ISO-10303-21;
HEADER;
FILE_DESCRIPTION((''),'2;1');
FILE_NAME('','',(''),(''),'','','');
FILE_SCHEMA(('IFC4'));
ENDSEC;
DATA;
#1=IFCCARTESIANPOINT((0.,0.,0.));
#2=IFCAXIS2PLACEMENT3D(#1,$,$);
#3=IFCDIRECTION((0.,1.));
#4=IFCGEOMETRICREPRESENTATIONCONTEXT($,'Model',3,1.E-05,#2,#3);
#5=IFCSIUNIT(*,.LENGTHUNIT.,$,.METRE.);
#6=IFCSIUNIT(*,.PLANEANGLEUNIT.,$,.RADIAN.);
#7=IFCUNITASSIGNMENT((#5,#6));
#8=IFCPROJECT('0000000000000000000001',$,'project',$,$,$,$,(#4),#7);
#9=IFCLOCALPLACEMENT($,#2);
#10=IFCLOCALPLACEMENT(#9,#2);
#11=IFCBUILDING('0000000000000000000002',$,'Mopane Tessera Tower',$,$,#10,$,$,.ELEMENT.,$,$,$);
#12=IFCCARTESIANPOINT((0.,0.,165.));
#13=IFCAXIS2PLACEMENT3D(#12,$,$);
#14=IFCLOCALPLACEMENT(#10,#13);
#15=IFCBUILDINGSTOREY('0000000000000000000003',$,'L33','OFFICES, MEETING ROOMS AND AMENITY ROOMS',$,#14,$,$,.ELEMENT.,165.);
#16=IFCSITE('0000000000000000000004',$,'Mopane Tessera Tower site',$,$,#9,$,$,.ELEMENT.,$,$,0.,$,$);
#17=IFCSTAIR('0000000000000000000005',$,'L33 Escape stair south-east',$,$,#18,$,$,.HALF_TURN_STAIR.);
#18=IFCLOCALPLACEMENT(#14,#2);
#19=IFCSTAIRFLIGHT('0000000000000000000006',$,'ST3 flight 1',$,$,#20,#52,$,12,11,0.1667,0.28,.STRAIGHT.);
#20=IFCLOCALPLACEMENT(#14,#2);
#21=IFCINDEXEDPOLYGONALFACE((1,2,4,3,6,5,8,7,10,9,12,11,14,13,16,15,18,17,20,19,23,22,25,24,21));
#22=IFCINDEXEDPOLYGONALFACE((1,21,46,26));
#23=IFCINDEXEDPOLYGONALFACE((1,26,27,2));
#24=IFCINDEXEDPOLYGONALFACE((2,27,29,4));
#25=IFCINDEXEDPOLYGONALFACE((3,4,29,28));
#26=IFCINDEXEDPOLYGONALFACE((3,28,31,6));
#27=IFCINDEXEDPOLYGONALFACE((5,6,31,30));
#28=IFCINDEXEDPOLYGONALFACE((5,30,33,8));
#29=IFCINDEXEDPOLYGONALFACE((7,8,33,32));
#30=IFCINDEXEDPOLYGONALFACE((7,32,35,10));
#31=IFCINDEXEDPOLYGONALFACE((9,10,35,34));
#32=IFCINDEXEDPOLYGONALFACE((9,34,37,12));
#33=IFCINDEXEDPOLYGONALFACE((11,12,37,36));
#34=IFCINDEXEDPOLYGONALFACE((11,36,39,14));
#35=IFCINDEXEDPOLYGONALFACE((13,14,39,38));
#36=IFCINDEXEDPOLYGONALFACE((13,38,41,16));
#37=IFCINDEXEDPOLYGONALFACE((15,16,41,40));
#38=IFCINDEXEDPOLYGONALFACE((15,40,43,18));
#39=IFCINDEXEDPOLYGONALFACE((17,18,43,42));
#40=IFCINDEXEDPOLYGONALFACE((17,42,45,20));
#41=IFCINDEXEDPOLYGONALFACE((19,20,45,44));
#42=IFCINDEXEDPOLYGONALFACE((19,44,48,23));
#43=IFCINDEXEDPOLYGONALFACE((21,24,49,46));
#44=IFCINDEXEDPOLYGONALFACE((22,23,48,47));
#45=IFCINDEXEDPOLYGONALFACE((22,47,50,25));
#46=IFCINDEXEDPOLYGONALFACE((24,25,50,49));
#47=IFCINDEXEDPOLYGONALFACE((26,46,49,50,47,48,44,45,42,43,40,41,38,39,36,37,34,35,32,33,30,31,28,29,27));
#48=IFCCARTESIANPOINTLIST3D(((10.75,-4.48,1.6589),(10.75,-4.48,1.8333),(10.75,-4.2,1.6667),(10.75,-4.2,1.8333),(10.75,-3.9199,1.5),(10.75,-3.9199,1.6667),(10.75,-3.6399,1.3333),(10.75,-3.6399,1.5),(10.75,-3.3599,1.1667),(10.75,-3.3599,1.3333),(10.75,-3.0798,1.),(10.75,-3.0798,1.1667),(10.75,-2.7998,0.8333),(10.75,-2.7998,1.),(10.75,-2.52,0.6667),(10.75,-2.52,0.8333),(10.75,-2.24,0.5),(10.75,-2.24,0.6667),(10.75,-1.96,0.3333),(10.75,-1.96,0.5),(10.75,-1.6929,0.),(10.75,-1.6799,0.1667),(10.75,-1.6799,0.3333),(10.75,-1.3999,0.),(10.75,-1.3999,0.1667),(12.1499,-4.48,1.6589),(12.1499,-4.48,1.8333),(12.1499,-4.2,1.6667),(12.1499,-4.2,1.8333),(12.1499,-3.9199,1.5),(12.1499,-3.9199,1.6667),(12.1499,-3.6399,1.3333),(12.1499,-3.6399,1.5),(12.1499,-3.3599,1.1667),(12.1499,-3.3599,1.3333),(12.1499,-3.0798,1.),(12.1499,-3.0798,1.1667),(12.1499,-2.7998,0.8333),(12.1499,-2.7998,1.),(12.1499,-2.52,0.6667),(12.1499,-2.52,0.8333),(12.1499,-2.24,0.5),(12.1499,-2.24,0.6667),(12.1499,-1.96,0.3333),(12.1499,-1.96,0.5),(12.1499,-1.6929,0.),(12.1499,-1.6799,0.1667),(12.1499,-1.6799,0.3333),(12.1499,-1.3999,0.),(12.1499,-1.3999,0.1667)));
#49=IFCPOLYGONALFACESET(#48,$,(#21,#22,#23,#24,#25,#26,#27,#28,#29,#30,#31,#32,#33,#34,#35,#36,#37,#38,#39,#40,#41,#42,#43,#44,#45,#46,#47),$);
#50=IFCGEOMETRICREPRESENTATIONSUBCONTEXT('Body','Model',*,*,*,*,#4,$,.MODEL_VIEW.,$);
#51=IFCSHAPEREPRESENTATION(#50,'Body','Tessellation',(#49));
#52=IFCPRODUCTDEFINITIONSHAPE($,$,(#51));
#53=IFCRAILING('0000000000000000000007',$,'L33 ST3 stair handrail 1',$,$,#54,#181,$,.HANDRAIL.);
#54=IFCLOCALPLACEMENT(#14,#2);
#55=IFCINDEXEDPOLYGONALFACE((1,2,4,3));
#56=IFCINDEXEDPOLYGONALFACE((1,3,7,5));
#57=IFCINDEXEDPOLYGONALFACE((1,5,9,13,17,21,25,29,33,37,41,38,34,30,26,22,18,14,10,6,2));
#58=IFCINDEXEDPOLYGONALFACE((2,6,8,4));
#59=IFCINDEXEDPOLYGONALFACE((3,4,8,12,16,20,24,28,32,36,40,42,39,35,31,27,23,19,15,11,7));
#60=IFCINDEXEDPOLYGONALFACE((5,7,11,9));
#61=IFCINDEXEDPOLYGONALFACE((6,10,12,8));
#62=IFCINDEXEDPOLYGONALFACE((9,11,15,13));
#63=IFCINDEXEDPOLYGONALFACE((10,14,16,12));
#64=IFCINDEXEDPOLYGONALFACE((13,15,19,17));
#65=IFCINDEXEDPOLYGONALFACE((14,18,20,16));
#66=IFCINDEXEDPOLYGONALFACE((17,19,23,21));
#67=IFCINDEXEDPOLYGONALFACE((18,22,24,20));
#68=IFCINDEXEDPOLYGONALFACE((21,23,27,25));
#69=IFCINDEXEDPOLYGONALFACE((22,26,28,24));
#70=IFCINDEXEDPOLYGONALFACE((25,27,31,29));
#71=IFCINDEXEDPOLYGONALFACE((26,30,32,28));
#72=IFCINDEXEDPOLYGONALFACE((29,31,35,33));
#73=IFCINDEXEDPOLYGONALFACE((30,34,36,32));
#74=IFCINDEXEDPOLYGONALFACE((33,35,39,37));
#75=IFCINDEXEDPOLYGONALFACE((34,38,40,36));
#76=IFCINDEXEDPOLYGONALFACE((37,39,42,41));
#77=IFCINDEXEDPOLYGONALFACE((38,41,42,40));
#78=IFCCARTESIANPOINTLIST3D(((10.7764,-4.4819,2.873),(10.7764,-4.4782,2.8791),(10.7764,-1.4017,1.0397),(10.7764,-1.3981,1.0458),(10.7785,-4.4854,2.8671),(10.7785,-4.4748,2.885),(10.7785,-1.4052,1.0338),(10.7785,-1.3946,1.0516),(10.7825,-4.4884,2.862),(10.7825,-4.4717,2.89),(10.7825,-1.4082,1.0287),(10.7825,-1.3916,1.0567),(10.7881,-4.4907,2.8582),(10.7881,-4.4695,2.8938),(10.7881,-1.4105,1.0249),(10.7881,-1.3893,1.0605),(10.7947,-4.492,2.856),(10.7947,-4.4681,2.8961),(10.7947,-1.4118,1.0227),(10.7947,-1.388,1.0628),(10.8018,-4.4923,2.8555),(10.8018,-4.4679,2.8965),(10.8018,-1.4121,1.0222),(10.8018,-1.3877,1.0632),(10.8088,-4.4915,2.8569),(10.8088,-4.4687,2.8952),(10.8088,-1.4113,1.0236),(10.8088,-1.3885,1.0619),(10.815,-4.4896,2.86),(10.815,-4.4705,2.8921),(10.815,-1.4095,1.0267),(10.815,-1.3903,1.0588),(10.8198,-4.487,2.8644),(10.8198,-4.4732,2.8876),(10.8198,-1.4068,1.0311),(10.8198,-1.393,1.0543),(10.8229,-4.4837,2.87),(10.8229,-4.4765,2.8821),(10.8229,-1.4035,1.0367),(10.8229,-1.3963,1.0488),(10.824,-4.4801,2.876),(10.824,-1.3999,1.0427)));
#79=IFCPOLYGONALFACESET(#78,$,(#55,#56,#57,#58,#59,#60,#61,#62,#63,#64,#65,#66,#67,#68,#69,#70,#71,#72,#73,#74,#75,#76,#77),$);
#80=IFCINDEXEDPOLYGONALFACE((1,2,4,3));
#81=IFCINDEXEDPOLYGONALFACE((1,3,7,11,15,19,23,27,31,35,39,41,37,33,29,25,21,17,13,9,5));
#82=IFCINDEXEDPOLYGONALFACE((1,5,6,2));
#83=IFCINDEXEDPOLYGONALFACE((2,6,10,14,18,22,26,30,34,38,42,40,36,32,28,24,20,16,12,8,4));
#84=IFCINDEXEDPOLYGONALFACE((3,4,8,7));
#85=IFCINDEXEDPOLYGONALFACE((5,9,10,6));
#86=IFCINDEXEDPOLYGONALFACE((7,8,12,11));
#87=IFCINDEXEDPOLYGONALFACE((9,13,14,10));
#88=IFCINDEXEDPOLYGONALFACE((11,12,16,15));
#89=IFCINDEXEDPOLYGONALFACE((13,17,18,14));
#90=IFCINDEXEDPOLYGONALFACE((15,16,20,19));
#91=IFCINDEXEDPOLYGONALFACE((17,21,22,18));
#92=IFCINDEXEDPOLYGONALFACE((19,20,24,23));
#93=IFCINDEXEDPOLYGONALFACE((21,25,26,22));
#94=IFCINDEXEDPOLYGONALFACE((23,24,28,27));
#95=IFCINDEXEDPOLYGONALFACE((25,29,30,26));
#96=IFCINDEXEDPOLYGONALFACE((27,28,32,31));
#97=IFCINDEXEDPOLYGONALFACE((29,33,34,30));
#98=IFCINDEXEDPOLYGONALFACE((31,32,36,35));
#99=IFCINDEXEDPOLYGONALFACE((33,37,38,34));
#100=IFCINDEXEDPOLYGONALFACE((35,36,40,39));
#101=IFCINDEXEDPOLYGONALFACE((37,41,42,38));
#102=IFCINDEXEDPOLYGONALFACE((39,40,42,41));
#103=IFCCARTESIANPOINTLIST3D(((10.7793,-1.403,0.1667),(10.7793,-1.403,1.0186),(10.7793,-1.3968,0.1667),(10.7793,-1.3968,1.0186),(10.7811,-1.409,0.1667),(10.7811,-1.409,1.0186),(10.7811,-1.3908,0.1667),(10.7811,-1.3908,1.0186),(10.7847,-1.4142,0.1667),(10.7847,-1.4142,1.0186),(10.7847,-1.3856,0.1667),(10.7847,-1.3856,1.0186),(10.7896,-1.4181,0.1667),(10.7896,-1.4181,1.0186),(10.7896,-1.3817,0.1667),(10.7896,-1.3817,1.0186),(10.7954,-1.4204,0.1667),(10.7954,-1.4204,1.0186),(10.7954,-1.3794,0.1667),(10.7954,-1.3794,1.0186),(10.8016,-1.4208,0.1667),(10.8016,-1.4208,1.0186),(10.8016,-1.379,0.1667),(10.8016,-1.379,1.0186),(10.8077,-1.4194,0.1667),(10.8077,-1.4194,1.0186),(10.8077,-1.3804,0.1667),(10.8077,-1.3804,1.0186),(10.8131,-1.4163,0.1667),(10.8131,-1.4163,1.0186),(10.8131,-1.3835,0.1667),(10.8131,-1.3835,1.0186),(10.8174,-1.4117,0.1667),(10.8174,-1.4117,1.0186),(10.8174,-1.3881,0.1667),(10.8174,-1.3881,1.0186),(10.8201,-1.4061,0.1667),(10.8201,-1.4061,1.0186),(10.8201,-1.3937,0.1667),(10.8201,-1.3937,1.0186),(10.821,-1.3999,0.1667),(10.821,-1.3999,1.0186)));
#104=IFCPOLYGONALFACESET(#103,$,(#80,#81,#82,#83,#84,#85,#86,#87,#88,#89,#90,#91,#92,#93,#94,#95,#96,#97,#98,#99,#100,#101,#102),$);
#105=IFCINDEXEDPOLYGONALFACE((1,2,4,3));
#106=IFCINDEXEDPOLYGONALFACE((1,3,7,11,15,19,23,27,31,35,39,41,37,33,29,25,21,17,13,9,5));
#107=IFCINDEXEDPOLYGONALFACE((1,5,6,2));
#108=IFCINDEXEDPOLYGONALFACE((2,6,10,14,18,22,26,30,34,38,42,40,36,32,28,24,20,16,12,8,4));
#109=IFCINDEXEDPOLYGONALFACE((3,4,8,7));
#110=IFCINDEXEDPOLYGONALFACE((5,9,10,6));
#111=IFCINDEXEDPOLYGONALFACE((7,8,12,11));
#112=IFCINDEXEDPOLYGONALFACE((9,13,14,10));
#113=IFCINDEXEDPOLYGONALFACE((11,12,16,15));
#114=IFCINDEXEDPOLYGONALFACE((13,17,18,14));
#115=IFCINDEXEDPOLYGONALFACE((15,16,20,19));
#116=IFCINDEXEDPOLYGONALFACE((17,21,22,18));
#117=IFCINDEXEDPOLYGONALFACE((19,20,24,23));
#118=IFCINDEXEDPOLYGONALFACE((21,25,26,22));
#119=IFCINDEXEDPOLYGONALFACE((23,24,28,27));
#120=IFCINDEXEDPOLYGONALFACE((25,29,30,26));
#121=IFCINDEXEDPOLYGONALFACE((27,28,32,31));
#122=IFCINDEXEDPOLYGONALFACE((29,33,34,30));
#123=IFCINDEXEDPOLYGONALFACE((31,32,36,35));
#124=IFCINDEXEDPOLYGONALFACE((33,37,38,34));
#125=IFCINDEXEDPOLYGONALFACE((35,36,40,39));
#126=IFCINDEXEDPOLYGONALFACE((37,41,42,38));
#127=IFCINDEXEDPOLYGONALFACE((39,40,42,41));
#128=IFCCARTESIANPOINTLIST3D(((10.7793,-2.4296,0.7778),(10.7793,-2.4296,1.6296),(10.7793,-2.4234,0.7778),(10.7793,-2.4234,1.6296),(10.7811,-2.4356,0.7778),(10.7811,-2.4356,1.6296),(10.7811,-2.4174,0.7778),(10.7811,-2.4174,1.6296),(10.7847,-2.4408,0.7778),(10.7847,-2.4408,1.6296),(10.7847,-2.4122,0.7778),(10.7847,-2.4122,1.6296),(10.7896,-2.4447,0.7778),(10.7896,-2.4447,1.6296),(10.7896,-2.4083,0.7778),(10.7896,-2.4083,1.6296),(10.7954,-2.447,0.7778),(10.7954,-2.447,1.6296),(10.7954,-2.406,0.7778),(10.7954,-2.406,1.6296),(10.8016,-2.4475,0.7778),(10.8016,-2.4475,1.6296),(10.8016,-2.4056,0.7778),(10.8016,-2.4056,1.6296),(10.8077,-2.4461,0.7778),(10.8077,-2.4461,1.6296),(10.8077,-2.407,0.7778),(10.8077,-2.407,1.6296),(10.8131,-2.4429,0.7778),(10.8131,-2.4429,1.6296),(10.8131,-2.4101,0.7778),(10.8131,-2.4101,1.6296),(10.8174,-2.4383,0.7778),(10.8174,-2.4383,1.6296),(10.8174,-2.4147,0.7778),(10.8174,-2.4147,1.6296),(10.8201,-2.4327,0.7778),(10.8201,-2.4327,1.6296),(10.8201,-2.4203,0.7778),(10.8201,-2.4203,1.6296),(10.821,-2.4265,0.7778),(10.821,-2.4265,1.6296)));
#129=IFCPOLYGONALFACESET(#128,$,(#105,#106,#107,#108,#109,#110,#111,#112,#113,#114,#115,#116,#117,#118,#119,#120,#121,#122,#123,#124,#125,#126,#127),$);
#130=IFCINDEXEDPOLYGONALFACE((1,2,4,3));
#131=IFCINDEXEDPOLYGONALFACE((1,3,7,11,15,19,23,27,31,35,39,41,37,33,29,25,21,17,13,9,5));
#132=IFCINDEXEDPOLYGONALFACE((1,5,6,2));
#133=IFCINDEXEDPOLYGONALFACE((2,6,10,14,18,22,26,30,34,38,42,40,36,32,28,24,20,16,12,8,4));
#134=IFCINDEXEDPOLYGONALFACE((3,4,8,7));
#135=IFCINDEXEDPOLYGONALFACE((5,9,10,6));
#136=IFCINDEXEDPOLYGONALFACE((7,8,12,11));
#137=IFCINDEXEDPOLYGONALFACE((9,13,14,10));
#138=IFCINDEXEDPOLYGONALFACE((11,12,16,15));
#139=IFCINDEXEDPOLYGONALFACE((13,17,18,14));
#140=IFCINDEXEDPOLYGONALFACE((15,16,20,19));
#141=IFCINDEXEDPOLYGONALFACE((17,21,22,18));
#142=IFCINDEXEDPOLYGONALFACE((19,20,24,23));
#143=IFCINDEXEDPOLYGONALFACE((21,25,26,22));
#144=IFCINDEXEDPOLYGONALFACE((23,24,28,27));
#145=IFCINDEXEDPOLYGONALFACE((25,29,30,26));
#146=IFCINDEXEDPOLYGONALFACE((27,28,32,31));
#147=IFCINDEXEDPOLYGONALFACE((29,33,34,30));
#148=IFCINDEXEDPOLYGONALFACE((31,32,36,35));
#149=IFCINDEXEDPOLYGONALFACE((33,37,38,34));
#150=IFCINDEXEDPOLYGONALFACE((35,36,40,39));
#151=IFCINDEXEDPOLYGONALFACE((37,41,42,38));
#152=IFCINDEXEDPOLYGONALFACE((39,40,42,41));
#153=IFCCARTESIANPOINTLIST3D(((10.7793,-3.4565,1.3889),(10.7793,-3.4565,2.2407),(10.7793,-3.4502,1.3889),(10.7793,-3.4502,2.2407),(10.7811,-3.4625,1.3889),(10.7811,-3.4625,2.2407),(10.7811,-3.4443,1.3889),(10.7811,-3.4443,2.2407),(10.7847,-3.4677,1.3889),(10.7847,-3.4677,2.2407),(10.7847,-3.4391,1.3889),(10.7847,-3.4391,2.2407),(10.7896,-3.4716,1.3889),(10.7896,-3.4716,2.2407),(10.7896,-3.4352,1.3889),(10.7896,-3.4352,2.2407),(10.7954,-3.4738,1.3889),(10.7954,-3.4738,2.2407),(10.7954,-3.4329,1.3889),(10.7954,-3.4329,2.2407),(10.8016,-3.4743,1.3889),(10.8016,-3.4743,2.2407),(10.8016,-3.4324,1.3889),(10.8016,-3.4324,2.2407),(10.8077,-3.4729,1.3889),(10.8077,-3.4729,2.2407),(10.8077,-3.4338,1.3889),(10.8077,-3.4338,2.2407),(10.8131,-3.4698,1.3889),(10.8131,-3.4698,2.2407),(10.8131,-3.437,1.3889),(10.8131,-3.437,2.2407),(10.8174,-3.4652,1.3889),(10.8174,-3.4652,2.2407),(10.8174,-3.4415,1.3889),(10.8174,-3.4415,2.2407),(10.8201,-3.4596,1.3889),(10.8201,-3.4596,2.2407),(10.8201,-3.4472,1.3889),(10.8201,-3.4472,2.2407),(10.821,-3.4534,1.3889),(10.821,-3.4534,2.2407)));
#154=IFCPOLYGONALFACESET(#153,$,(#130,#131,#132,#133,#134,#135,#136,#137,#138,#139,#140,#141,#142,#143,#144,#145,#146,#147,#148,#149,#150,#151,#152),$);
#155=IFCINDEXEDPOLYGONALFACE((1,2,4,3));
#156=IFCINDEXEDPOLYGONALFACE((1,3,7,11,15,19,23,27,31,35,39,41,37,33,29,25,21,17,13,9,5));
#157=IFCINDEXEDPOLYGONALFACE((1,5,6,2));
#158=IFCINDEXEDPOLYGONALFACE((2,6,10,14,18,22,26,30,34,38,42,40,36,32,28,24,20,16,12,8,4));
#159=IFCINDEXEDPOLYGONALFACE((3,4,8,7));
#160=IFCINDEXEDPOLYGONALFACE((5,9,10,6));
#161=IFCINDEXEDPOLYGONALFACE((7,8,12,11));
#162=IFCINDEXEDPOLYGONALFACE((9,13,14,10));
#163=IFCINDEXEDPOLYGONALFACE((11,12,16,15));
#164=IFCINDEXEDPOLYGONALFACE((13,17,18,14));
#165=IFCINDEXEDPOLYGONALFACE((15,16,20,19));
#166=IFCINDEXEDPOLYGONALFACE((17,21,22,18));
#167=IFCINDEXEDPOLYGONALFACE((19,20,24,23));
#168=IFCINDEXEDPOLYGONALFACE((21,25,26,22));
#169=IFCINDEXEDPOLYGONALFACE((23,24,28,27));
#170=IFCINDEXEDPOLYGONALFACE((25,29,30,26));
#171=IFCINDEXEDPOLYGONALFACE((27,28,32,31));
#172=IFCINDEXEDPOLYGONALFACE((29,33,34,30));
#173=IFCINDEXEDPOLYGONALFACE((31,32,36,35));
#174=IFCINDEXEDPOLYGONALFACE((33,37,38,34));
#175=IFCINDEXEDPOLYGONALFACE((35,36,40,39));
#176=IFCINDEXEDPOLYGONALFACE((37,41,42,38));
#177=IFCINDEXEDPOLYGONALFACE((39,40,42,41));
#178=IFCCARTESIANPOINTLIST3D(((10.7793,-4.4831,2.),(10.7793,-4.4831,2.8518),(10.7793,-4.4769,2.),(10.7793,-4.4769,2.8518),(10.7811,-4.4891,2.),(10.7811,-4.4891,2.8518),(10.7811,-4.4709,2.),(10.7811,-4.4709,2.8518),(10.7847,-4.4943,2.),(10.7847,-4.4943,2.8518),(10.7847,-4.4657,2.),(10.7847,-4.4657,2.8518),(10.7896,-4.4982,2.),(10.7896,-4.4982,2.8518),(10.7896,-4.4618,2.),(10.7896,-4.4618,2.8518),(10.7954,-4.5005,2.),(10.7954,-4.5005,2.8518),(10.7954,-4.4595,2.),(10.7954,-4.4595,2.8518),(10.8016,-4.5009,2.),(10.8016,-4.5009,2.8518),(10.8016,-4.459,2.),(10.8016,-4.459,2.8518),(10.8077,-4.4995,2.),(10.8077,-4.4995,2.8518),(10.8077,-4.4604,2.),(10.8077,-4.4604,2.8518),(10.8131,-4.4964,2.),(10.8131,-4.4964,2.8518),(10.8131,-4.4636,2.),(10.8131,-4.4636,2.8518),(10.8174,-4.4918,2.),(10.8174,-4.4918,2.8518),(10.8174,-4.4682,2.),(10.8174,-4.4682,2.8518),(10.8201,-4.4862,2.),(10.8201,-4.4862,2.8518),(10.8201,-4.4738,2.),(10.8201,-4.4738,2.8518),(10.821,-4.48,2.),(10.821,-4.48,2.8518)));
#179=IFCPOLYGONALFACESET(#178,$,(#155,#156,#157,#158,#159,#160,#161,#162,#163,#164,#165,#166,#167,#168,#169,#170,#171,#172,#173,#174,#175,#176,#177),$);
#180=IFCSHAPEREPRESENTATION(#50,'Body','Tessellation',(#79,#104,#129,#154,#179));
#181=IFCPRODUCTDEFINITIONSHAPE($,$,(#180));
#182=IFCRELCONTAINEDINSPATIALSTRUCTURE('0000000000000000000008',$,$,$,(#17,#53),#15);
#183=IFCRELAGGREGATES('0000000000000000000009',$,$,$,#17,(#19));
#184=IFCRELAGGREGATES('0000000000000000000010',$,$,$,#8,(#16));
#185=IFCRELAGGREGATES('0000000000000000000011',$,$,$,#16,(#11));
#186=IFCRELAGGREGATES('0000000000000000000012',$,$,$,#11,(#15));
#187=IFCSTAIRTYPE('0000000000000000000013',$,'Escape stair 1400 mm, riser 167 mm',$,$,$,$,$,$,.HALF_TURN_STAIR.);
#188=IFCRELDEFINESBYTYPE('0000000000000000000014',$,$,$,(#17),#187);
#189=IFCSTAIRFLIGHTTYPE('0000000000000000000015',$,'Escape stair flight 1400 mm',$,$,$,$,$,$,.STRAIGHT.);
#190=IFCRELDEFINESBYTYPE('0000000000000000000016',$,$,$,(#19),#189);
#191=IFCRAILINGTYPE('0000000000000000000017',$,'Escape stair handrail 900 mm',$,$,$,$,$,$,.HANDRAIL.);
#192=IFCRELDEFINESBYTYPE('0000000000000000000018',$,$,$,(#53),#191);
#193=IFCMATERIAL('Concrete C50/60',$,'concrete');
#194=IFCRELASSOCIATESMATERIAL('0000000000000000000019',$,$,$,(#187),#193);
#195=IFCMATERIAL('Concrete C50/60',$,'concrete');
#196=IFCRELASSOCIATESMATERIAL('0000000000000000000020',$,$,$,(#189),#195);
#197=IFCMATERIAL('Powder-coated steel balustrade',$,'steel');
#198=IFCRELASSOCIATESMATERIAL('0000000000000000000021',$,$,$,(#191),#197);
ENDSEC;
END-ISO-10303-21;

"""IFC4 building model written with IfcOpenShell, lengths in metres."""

from ifc_helpers import new_model, si_unit, direction, frame, origin, origin_2d, place, context, subcontext, project, spatial, polyline, circle, outline, extrude, material, type_object, element, aggregate, save


model = new_model("IFC4")

# Units and contexts
model_context = context("Model", 3, precision=1e-05, world=origin(), true_north=direction((0.0, 1.0)))
body_context = subcontext(model_context, "Body", "Model", "MODEL_VIEW")
ifc_project = project(units=[si_unit("LENGTHUNIT", "METRE"), si_unit("PLANEANGLEUNIT", "RADIAN")], contexts=[model_context])

# Site, building, storey
site_placement = place(None, origin())
site = spatial("IfcSite", under=ifc_project, at=site_placement, Name="Mopane Tessera Tower site", CompositionType="ELEMENT", RefElevation=0.0)
building_placement = place(site_placement, origin())
building = spatial("IfcBuilding", under=site, at=building_placement, Name="Mopane Tessera Tower", CompositionType="ELEMENT")
storey_placement = place(building_placement, frame((0.0, 0.0, 165.0)))
storey = spatial("IfcBuildingStorey", under=building, at=storey_placement, Name="L33", Description="OFFICES, MEETING ROOMS AND AMENITY ROOMS", CompositionType="ELEMENT", Elevation=165.0)

# Stair, stair flight
ifc_material_1 = material(Name="Concrete C50/60", Category="concrete")
stair_type = type_object("IfcStairType", Name="Escape stair 1400 mm, riser 167 mm", PredefinedType="HALF_TURN_STAIR", material=ifc_material_1)
stair_placement = place(storey_placement, origin())
stair = element("IfcStair", 1, at=stair_placement, inside=storey, type_object=stair_type, Name="L33 Escape stair south-east", PredefinedType="HALF_TURN_STAIR")
ifc_material_2 = material(Name="Concrete C50/60", Category="concrete")
stair_flight_type = type_object("IfcStairFlightType", Name="Escape stair flight 1400 mm", PredefinedType="STRAIGHT", material=ifc_material_2)
stair_flight_placement = place(storey_placement, frame((11.45, -1.3999, 0.0), z_axis=(0.0, 0.0, 1.0), x_axis=(0.0, -1.0, 0.0)))
stair_flight = element("IfcStairFlight", 2, at=stair_flight_placement, type_object=stair_flight_type, Name="ST3 flight 1", NumberOfRisers=12, NumberOfTreads=11, PredefinedType="STRAIGHT", RiserHeight=0.1667, TreadLength=0.28, context=body_context, shape_type="SweptSolid", body=[
    extrude(outline(polyline([(0.0, 0.0), (0.0, 0.1667), (0.28, 0.1667), (0.28, 0.3333), (0.5601, 0.3333), (0.5601, 0.5), (0.8401, 0.5), (0.8401, 0.6667), (1.1201, 0.6667), (1.1201, 0.8333), (1.3999, 0.8333), (1.3999, 1.0), (1.6799, 1.0), (1.6799, 1.1667), (1.96, 1.1667), (1.96, 1.3333), (2.24, 1.3333), (2.24, 1.5), (2.52, 1.5), (2.52, 1.6667), (2.8, 1.6667), (2.8, 1.8333), (3.0801, 1.8333), (3.0801, 2.0), (3.0801, 1.6589), (0.293, 0.0), (0.0, 0.0)])), frame((0.0, 0.7, 0.0), z_axis=(0.0, -1.0, 0.0), x_axis=(1.0, 0.0, 0.0)), (0.0, 0.0, 1.0), 1.3999),
])
aggregate(stair, [stair_flight])

# Railing
ifc_material_3 = material(Name="Powder-coated steel balustrade", Category="steel")
railing_type_1 = type_object("IfcRailingType", Name="Escape stair handrail 900 mm", PredefinedType="HANDRAIL", material=ifc_material_3)
railing_1_placement = place(storey_placement, frame((10.8, -1.3999, 0.1667)))
element("IfcRailing", 3, at=railing_1_placement, inside=storey, type_object=railing_type_1, Name="L33 ST3 stair handrail 1", PredefinedType="HANDRAIL", context=body_context, shape_type="SweptSolid", body=[
    extrude(circle(Radius=0.0239, at=origin_2d()), frame((0.0, 0.0, 0.876), z_axis=(0.0, -0.859309, 0.511458), x_axis=(1.0, 0.0, 0.0)), (0.0, 0.0, 1.0), 3.5845),
    extrude(circle(Radius=0.021, at=origin_2d()), origin(), (0.0, 0.0, 1.0), 0.8518),
    extrude(circle(Radius=0.021, at=origin_2d()), frame((0.0, -1.0266, 0.6111)), (0.0, 0.0, 1.0), 0.8518),
    extrude(circle(Radius=0.021, at=origin_2d()), frame((0.0, -2.0535, 1.2222)), (0.0, 0.0, 1.0), 0.8518),
    extrude(circle(Radius=0.021, at=origin_2d()), frame((0.0, -3.0801, 1.8333)), (0.0, 0.0, 1.0), 0.8518),
])

save(model, "model.ifc")
